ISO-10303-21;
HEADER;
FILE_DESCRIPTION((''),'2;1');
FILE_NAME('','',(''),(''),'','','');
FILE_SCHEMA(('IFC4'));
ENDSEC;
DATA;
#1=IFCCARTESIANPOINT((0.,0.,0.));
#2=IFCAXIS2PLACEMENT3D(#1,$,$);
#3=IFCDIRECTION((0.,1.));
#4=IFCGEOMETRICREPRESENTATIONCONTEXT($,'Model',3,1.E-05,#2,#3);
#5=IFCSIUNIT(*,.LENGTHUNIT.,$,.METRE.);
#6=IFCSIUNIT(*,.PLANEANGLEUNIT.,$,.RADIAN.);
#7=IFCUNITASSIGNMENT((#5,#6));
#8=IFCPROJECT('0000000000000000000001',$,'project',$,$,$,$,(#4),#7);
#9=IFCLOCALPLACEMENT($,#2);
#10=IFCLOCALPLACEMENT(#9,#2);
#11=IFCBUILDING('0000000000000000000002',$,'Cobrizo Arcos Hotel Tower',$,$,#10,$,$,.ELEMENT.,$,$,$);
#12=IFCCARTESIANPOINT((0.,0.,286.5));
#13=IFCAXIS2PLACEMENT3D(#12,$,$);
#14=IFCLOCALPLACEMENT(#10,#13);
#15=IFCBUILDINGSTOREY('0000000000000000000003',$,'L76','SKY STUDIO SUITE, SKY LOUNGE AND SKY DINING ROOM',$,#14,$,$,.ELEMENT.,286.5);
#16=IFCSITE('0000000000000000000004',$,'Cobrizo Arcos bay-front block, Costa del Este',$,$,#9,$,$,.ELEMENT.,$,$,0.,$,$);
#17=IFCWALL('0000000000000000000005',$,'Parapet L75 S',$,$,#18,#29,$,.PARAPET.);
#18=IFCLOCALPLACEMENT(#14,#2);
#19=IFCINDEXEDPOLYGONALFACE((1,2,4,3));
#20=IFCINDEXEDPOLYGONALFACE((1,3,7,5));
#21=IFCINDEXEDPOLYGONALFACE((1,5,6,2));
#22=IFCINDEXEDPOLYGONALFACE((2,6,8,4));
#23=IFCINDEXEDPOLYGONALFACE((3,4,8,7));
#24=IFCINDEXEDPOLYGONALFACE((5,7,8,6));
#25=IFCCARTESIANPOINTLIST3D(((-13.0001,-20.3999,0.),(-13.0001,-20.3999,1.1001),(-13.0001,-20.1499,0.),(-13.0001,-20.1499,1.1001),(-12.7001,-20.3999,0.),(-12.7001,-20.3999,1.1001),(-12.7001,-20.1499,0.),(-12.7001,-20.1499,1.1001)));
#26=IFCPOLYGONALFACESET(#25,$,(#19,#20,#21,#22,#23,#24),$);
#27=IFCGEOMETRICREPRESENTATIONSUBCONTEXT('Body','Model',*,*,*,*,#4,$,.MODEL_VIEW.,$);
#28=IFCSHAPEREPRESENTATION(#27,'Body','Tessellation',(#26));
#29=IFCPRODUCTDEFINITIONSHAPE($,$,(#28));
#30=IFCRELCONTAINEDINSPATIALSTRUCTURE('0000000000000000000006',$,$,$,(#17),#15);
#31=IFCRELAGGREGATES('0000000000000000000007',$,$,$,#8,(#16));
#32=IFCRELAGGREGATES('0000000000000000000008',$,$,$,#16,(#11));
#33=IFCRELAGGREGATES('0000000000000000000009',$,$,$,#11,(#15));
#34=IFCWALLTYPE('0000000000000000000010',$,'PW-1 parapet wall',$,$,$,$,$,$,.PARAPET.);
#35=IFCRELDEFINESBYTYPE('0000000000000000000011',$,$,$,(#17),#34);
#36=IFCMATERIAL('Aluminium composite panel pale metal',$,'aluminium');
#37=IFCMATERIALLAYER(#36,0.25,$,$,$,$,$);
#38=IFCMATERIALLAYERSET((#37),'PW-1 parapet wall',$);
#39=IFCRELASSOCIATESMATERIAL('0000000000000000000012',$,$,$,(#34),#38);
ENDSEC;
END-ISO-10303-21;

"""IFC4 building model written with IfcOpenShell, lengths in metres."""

from ifc_helpers import new_model, si_unit, direction, frame, frame_2d, origin, place, context, subcontext, project, spatial, rectangle, extrude, material, layer, layer_set, type_object, element, save


model = new_model("IFC4")

# Units and contexts
model_context = context("Model", 3, precision=1e-05, world=origin(), true_north=direction((0.0, 1.0)))
body_context = subcontext(model_context, "Body", "Model", "MODEL_VIEW")
ifc_project = project(units=[si_unit("LENGTHUNIT", "METRE"), si_unit("PLANEANGLEUNIT", "RADIAN")], contexts=[model_context])

# Site, building, storey
site_placement = place(None, origin())
site = spatial("IfcSite", under=ifc_project, at=site_placement, Name="Cobrizo Arcos bay-front block, Costa del Este", CompositionType="ELEMENT", RefElevation=0.0)
building_placement = place(site_placement, origin())
building = spatial("IfcBuilding", under=site, at=building_placement, Name="Cobrizo Arcos Hotel Tower", CompositionType="ELEMENT")
storey_placement = place(building_placement, frame((0.0, 0.0, 286.5)))
storey = spatial("IfcBuildingStorey", under=building, at=storey_placement, Name="L76", Description="SKY STUDIO SUITE, SKY LOUNGE AND SKY DINING ROOM", CompositionType="ELEMENT", Elevation=286.5)

# Shared definitions
ifc_material_1 = material(Name="Aluminium composite panel pale metal", Category="aluminium")

# Wall
ifc_layer_1 = layer(ifc_material_1, 0.25)
ifc_layer_set_1 = layer_set([ifc_layer_1], Name="PW-1 parapet wall")
wall_type = type_object("IfcWallType", Name="PW-1 parapet wall", PredefinedType="PARAPET", material=ifc_layer_set_1)
wall_placement = place(storey_placement, frame((-13.0, -20.2749, 0.0), z_axis=(0.0, 0.0, 1.0), x_axis=(1.0, 0.0, 0.0)))
element("IfcWall", 1, at=wall_placement, inside=storey, type_object=wall_type, Name="Parapet L75 S", PredefinedType="PARAPET", context=body_context, shape_type="SweptSolid", body=[
    extrude(rectangle(XDim=0.3, YDim=0.25, at=frame_2d((0.1499, 0.0))), origin(), (0.0, 0.0, 1.0), 1.1001),
])

save(model, "model.ifc")
